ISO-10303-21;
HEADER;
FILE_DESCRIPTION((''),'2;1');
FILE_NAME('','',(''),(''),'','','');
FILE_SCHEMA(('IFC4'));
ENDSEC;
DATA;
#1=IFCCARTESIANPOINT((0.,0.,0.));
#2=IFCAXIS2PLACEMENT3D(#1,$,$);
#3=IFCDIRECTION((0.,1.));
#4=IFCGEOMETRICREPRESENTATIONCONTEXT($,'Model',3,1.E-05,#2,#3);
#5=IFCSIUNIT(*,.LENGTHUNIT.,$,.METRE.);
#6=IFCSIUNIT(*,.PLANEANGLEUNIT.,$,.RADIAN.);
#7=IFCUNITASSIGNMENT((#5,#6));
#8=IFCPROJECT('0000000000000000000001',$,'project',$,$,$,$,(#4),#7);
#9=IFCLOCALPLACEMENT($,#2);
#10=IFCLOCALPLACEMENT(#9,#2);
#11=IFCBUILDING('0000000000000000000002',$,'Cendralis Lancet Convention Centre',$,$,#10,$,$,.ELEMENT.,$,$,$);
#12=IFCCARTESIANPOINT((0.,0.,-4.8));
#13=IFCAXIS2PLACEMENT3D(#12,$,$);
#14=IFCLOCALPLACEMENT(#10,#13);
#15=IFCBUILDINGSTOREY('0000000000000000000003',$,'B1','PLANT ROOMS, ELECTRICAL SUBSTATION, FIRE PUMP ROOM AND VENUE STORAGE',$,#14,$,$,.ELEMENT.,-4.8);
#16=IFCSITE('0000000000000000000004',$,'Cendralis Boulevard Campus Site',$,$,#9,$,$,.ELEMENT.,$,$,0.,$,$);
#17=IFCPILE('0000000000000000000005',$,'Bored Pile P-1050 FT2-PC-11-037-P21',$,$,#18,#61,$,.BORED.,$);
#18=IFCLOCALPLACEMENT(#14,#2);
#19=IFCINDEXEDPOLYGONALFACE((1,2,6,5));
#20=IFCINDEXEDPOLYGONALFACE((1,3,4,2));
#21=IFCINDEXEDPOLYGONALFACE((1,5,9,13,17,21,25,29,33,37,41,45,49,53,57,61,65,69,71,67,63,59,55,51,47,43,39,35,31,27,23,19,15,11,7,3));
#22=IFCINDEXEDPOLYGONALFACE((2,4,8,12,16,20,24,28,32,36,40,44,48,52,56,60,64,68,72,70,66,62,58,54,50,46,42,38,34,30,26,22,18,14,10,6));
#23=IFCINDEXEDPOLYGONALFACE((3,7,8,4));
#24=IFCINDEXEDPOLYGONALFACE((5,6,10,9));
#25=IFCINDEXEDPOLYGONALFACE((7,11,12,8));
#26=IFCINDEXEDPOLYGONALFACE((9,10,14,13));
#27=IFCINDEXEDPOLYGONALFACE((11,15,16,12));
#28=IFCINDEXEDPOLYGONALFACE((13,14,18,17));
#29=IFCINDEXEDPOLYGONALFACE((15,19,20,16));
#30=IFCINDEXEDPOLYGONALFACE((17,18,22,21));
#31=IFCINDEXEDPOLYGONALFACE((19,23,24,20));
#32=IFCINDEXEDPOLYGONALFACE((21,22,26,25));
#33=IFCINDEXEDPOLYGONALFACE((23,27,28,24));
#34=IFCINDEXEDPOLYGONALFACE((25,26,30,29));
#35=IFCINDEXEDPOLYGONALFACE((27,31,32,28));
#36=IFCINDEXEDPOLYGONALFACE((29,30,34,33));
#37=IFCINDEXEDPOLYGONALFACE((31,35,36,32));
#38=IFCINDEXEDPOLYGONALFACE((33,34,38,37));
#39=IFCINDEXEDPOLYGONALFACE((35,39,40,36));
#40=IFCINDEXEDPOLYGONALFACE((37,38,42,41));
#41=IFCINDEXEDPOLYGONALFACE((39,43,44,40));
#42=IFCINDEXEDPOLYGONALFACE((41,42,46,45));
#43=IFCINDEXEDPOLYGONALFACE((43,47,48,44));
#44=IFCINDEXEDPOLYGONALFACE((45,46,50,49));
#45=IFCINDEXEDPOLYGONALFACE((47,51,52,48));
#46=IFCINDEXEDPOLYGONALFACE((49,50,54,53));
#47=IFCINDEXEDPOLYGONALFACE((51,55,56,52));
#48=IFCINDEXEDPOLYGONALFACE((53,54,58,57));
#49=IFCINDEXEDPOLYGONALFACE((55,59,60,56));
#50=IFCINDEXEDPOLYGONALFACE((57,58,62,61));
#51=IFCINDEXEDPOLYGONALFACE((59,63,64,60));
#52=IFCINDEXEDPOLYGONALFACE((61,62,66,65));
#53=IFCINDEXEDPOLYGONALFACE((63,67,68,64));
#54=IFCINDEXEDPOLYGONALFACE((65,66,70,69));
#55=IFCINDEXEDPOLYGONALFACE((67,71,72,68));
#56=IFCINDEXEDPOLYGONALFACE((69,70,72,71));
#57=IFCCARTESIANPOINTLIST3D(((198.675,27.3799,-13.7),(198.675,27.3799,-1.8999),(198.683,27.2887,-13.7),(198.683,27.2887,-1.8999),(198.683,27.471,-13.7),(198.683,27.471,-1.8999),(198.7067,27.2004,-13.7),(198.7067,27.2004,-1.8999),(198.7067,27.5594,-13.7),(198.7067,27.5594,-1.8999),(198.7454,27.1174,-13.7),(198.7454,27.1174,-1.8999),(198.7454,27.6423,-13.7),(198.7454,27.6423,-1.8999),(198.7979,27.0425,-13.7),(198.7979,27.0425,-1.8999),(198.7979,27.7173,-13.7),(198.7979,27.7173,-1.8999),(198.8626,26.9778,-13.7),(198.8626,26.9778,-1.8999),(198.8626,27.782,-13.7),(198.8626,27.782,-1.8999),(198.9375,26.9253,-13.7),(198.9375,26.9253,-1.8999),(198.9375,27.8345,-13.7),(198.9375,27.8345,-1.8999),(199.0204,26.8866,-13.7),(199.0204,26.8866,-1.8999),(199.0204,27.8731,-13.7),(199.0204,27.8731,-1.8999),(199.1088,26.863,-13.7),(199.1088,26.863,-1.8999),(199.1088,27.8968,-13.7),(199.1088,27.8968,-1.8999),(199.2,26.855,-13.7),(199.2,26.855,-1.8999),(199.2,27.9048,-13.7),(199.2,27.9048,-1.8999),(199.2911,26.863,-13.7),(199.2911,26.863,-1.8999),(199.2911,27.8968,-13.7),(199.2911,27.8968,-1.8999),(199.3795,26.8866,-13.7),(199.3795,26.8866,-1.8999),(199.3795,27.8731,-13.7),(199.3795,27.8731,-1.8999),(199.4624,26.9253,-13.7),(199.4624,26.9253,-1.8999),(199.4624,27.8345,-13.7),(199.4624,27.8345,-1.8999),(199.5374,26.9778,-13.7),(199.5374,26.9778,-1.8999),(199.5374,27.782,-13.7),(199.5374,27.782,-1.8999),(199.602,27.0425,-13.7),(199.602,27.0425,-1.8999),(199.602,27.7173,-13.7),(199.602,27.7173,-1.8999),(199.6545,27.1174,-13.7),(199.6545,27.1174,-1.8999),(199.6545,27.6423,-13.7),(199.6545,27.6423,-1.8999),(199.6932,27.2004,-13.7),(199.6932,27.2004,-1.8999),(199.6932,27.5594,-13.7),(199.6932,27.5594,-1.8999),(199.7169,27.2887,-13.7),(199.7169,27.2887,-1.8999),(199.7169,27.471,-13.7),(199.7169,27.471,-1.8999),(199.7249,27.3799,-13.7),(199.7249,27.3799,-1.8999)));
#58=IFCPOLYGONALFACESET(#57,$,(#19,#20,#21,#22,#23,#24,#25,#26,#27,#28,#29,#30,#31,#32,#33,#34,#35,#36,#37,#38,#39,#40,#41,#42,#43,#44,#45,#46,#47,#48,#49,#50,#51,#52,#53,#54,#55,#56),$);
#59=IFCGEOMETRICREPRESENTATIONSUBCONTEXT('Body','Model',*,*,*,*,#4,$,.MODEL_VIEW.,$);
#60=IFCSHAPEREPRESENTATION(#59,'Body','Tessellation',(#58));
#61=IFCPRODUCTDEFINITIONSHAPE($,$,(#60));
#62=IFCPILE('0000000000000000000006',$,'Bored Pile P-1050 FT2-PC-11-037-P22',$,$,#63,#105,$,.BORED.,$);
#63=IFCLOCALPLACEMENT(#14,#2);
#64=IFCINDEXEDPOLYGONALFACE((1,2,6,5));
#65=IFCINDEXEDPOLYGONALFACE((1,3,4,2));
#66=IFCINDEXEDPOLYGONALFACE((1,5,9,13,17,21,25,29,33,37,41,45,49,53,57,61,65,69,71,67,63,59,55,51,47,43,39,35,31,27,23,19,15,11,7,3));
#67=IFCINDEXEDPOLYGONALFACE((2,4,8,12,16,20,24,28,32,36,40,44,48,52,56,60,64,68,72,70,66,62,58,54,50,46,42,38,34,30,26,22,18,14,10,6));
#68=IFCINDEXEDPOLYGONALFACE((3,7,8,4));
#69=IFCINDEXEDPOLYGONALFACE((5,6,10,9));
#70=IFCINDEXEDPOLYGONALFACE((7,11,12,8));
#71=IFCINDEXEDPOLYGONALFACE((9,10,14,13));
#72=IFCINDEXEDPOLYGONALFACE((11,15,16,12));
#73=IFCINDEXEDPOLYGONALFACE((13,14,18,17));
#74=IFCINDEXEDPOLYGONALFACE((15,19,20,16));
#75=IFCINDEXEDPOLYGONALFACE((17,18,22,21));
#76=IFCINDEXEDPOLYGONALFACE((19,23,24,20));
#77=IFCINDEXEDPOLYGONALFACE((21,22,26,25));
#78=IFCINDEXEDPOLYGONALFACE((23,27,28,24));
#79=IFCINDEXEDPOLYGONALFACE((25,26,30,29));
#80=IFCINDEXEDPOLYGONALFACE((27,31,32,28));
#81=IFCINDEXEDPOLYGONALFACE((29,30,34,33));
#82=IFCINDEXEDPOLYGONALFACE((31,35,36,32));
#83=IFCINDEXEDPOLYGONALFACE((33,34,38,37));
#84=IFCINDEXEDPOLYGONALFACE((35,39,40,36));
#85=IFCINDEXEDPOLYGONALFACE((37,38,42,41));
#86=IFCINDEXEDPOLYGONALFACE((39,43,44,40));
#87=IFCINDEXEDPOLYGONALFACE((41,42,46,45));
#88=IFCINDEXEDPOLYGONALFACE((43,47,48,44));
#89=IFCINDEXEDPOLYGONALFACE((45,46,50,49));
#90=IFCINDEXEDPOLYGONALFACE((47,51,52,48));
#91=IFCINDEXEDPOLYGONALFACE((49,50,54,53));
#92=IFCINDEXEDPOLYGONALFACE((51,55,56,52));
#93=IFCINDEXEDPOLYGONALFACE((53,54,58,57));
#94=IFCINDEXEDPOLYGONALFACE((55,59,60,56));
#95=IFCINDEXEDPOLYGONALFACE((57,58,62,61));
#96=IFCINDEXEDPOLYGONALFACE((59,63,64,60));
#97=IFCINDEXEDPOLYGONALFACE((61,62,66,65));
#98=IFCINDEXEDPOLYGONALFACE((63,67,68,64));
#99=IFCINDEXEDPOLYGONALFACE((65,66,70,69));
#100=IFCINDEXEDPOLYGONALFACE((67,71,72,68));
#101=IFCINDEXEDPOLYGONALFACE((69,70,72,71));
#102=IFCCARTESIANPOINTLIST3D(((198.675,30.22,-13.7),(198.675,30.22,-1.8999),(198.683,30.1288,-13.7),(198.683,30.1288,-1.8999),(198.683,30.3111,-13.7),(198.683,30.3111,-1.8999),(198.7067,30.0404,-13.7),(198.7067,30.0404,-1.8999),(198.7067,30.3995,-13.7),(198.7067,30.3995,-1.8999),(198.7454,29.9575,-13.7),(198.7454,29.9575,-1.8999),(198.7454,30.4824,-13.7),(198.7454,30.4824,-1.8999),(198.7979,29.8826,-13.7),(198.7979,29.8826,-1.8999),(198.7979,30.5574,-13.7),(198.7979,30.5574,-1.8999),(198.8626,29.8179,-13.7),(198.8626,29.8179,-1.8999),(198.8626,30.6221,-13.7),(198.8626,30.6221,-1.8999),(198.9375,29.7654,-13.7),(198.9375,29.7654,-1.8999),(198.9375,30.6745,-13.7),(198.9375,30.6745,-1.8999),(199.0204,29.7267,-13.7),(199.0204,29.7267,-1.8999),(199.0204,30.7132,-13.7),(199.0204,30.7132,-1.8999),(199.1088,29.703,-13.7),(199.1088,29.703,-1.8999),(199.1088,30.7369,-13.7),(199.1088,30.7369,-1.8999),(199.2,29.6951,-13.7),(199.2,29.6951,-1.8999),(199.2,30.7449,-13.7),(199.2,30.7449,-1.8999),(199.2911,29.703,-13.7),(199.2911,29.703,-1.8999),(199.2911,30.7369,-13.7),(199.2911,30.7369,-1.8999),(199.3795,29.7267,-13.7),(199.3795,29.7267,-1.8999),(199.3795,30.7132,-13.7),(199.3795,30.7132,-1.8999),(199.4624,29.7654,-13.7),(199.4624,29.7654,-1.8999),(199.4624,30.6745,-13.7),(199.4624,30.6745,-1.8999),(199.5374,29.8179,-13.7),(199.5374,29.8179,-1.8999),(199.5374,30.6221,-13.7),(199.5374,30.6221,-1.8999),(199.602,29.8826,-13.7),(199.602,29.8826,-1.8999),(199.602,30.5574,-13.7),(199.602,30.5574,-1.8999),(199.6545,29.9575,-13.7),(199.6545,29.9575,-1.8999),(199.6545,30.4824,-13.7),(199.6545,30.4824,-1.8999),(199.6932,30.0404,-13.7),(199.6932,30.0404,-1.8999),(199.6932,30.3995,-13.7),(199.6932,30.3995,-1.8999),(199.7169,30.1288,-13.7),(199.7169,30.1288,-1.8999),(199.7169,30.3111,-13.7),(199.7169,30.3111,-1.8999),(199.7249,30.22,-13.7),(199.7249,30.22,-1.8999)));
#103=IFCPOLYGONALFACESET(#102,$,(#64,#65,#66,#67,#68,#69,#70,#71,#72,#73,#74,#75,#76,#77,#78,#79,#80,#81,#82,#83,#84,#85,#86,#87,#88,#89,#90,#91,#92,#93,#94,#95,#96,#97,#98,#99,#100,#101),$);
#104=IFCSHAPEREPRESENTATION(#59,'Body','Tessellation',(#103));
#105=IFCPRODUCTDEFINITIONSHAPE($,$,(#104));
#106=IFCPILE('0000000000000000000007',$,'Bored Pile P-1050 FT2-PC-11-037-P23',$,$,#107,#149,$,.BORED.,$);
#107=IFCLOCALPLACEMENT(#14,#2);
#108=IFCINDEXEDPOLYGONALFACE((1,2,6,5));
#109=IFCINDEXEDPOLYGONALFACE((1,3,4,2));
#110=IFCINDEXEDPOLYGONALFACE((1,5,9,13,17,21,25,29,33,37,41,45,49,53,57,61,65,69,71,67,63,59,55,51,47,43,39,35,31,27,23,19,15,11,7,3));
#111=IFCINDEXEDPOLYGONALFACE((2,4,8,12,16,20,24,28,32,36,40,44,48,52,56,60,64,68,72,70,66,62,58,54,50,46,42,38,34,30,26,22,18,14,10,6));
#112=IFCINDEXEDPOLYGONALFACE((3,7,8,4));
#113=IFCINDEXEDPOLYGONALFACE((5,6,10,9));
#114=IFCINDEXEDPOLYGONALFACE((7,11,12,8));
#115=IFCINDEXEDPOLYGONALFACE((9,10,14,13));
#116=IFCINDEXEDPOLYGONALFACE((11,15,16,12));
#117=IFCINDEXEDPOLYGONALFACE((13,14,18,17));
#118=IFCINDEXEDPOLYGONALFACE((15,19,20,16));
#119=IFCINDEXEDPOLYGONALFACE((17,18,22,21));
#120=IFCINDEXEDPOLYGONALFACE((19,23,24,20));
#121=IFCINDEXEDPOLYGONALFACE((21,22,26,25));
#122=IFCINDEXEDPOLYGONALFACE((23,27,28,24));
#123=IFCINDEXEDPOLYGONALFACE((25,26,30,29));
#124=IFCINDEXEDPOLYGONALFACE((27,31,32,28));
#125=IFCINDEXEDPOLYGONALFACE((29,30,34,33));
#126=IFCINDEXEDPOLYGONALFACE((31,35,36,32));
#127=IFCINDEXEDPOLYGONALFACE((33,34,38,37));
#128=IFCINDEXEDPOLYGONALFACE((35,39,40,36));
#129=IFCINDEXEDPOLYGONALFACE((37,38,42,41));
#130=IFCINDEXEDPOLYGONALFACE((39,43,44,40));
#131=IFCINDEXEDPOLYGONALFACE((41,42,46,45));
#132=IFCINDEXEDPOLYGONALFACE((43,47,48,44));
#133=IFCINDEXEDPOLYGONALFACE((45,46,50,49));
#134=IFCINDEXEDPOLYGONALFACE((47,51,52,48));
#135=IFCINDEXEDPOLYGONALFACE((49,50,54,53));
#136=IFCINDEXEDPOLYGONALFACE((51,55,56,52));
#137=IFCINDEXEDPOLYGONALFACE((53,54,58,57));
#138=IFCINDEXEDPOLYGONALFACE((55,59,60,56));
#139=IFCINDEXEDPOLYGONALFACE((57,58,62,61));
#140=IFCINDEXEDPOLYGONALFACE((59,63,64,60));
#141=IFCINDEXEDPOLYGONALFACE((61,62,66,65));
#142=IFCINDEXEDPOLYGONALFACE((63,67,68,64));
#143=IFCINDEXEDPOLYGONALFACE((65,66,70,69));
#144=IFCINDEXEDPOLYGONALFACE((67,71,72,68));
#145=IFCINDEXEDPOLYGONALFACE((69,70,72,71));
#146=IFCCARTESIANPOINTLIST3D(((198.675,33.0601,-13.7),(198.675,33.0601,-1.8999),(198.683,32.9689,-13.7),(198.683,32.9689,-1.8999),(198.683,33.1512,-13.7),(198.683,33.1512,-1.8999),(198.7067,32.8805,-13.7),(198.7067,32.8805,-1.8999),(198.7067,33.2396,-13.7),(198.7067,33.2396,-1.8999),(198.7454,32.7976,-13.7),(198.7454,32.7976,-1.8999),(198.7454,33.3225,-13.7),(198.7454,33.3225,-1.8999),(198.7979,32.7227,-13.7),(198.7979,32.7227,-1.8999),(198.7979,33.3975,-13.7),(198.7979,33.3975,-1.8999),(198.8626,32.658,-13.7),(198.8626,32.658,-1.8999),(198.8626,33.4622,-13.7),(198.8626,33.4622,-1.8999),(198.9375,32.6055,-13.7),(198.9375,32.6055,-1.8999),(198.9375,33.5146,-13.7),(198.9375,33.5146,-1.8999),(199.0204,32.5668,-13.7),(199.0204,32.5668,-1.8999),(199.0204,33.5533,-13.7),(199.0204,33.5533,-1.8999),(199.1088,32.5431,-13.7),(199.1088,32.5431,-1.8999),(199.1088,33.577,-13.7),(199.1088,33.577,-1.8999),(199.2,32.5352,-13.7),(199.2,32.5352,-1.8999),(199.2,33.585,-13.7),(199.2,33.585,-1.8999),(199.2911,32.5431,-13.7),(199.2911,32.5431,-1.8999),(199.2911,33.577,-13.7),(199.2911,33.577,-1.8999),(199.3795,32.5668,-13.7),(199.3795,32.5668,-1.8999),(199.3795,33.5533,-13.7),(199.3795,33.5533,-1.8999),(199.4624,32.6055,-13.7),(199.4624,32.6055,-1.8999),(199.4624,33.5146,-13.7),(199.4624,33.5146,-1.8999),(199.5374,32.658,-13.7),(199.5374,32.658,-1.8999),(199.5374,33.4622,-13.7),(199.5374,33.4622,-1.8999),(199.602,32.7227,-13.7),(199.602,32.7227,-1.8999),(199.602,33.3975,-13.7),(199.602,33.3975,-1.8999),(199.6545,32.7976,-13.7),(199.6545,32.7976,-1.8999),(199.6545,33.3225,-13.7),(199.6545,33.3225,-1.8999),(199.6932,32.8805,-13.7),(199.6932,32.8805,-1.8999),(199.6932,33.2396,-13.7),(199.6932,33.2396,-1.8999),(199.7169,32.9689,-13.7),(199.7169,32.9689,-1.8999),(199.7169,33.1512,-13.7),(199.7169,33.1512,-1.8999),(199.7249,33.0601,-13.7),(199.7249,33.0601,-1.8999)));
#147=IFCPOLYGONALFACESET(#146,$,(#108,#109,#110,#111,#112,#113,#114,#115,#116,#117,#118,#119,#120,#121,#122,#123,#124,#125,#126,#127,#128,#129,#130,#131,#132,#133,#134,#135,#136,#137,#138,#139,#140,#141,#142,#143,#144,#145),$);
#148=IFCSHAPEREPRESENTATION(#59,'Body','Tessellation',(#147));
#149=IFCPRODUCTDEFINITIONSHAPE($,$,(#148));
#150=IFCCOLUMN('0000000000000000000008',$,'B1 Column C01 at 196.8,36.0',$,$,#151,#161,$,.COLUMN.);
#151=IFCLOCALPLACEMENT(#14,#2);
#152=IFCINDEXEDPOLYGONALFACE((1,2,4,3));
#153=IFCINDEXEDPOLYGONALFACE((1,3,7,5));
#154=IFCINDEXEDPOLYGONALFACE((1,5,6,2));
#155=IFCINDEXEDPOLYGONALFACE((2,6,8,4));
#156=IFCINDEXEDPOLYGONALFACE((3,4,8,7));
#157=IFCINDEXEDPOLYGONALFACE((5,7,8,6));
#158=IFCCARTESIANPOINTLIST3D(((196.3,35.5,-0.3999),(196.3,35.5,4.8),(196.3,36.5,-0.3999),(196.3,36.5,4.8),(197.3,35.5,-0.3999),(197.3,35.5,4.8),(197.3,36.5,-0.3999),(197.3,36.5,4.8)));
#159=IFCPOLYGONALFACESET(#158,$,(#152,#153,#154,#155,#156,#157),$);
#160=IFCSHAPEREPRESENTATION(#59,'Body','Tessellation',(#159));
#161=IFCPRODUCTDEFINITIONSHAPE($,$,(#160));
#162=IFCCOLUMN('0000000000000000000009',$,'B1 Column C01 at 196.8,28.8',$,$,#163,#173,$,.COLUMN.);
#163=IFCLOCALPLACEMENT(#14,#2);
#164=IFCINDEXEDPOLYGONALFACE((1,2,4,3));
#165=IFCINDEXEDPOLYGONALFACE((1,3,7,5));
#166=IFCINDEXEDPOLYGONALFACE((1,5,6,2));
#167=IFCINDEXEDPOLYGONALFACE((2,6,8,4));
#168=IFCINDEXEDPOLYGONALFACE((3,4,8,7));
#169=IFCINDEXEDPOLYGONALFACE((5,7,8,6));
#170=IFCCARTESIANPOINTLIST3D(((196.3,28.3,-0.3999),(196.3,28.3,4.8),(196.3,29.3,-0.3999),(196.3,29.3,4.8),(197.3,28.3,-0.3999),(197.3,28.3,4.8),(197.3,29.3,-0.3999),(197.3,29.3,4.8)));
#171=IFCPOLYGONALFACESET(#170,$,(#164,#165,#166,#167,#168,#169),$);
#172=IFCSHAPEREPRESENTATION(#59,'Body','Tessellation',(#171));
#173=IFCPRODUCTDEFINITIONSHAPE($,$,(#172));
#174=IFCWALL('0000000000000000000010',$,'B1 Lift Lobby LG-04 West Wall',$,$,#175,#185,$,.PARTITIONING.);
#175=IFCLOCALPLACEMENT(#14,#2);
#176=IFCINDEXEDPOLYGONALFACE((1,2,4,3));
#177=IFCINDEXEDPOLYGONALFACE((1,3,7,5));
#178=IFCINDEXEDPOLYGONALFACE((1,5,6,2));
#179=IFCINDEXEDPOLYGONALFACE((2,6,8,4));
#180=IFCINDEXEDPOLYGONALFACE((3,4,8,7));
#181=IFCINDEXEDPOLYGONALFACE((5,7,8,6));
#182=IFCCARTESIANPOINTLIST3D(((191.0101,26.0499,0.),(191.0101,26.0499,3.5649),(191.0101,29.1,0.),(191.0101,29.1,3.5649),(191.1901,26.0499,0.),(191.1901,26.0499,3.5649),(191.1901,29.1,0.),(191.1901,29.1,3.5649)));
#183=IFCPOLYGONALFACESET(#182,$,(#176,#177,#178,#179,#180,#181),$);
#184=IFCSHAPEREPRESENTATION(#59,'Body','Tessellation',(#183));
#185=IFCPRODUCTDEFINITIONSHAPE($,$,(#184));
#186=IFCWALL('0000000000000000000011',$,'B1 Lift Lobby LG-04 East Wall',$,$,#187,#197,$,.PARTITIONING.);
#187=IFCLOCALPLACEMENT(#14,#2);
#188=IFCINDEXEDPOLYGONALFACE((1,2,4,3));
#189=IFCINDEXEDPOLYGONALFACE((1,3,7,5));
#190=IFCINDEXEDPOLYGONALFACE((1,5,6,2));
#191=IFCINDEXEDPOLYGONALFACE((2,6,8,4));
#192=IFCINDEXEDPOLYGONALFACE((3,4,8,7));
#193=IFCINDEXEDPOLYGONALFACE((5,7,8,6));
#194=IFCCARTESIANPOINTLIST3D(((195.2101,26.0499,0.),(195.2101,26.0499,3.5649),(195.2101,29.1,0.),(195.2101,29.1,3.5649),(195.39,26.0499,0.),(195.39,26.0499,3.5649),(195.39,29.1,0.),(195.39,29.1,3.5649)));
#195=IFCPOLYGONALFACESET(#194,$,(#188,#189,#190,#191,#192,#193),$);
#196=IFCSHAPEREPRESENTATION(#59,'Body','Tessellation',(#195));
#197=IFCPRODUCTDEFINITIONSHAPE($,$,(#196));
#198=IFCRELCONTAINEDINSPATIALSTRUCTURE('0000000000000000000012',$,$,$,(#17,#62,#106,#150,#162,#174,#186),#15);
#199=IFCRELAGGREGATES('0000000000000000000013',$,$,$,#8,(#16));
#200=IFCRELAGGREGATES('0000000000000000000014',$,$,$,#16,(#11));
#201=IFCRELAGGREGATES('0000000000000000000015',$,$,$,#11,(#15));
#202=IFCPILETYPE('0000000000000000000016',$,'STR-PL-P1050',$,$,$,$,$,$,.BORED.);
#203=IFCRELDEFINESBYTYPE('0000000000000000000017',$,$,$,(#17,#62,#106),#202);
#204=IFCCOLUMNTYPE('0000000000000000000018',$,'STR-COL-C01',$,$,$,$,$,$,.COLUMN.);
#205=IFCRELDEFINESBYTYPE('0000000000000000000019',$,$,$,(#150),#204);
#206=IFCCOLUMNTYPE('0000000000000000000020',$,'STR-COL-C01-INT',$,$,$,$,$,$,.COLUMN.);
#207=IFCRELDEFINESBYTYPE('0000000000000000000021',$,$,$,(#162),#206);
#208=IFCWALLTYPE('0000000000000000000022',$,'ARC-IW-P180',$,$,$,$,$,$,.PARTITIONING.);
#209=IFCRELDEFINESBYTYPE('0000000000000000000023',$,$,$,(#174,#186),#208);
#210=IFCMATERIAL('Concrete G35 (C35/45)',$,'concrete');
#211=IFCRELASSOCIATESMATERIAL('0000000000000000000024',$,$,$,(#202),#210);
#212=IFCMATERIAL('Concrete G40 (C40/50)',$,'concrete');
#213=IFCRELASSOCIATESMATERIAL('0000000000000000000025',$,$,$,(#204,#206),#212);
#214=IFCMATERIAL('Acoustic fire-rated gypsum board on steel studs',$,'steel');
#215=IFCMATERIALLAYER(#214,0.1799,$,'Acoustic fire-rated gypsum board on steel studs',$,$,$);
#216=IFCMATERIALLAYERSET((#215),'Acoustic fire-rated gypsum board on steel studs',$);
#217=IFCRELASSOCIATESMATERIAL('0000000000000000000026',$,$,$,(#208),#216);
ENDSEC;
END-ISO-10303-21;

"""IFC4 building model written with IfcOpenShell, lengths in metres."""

from ifc_helpers import new_model, si_unit, direction, frame, frame_2d, origin, origin_2d, place, context, subcontext, project, spatial, rectangle, circle, extrude, material, layer, layer_set, material_profile, profile_set, type_object, element, save


model = new_model("IFC4")

# Units and contexts
model_context = context("Model", 3, precision=1e-05, world=origin(), true_north=direction((0.0, 1.0)))
body_context = subcontext(model_context, "Body", "Model", "MODEL_VIEW")
ifc_project = project(units=[si_unit("LENGTHUNIT", "METRE"), si_unit("PLANEANGLEUNIT", "RADIAN")], contexts=[model_context])

# Site, building, storey
site_placement = place(None, origin())
site = spatial("IfcSite", under=ifc_project, at=site_placement, Name="Cendralis Boulevard Campus Site", CompositionType="ELEMENT", RefElevation=0.0)
building_placement = place(site_placement, origin())
building = spatial("IfcBuilding", under=site, at=building_placement, Name="Cendralis Lancet Convention Centre", CompositionType="ELEMENT")
storey_placement = place(building_placement, frame((0.0, 0.0, -4.8)))
storey = spatial("IfcBuildingStorey", under=building, at=storey_placement, Name="B1", Description="PLANT ROOMS, ELECTRICAL SUBSTATION, FIRE PUMP ROOM AND VENUE STORAGE", CompositionType="ELEMENT", Elevation=-4.8)

# Shared definitions
ifc_material_1 = material(Name="Concrete G35 (C35/45)", Category="concrete")

# Piles
ifc_material_profile_1 = material_profile(ifc_material_1, circle(Radius=0.5249, at=origin_2d()), Name="BORED PILE D1050")
ifc_profile_set_1 = profile_set([ifc_material_profile_1], Name="Concrete G35 (C35/45)")
pile_type = type_object("IfcPileType", Name="STR-PL-P1050", PredefinedType="BORED", material=ifc_profile_set_1)
for number, where, z_axis, x_axis, name in (
    (1, (199.2, 27.3799, -1.8999), (0.0, 0.0, -1.0), (1.0, 0.0, 0.0), "Bored Pile P-1050 FT2-PC-11-037-P21"),
    (2, (199.2, 30.22, -1.8999), (0.0, 0.0, -1.0), (1.0, 0.0, 0.0), "Bored Pile P-1050 FT2-PC-11-037-P22"),
    (3, (199.2, 33.0601, -1.8999), (0.0, 0.0, -1.0), (1.0, 0.0, 0.0), "Bored Pile P-1050 FT2-PC-11-037-P23"),
):
    element("IfcPile", number, at=place(storey_placement, frame(where, z_axis=z_axis, x_axis=x_axis)), inside=storey, type_object=pile_type, Name=name, PredefinedType="BORED", context=body_context, shape_type="SweptSolid", body=[
        extrude(circle(Radius=0.5249, at=origin_2d()), origin(), (0.0, 0.0, 1.0), 11.8),
    ])

# Columns
ifc_material_2 = material(Name="Concrete G40 (C40/50)", Category="concrete")
ifc_material_profile_2 = material_profile(ifc_material_2, rectangle(XDim=1.0, YDim=1.0, at=origin_2d()), Name="RC 1000x1000")
ifc_profile_set_2 = profile_set([ifc_material_profile_2], Name="Concrete G40 (C40/50)")
column_type_1 = type_object("IfcColumnType", Name="STR-COL-C01", PredefinedType="COLUMN", material=ifc_profile_set_2)
column_1_placement = place(storey_placement, frame((196.8, 36.0, -0.3999), z_axis=(0.0, 0.0, 1.0), x_axis=(1.0, 0.0, 0.0)))
element("IfcColumn", 4, at=column_1_placement, inside=storey, type_object=column_type_1, Name="B1 Column C01 at 196.8,36.0", PredefinedType="COLUMN", context=body_context, shape_type="SweptSolid", body=[
    extrude(rectangle(XDim=1.0, YDim=1.0, at=origin_2d()), origin(), (0.0, 0.0, 1.0), 5.2),
])
ifc_material_profile_3 = material_profile(ifc_material_2, rectangle(XDim=1.0, YDim=1.0, at=origin_2d()), Name="RC 1000x1000")
ifc_profile_set_3 = profile_set([ifc_material_profile_3], Name="Concrete G40 (C40/50)")
column_type_2 = type_object("IfcColumnType", Name="STR-COL-C01-INT", PredefinedType="COLUMN", material=ifc_profile_set_3)
column_2_placement = place(storey_placement, frame((196.8, 28.8, -0.3999), z_axis=(0.0, 0.0, 1.0), x_axis=(1.0, 0.0, 0.0)))
element("IfcColumn", 5, at=column_2_placement, inside=storey, type_object=column_type_2, Name="B1 Column C01 at 196.8,28.8", PredefinedType="COLUMN", context=body_context, shape_type="SweptSolid", body=[
    extrude(rectangle(XDim=1.0, YDim=1.0, at=origin_2d()), origin(), (0.0, 0.0, 1.0), 5.2),
])

# Shared definitions
ifc_material_3 = material(Name="Acoustic fire-rated gypsum board on steel studs", Category="steel")
ifc_layer_1 = layer(ifc_material_3, 0.1799, Name="Acoustic fire-rated gypsum board on steel studs")
ifc_layer_set_1 = layer_set([ifc_layer_1], Name="Acoustic fire-rated gypsum board on steel studs")
wall_type_1 = type_object("IfcWallType", Name="ARC-IW-P180", PredefinedType="PARTITIONING", material=ifc_layer_set_1)

# Walls
for number, where, z_axis, x_axis, name in (
    (6, (191.1001, 26.05, 0.0), (0.0, 0.0, 1.0), (0.0, 1.0, 0.0), "B1 Lift Lobby LG-04 West Wall"),
    (7, (195.3, 26.05, 0.0), (0.0, 0.0, 1.0), (0.0, 1.0, 0.0), "B1 Lift Lobby LG-04 East Wall"),
):
    element("IfcWall", number, at=place(storey_placement, frame(where, z_axis=z_axis, x_axis=x_axis)), inside=storey, type_object=wall_type_1, Name=name, PredefinedType="PARTITIONING", context=body_context, shape_type="SweptSolid", body=[
        extrude(rectangle(XDim=3.05, YDim=0.1799, at=frame_2d((1.5249, 0.0))), origin(), (0.0, 0.0, 1.0), 3.5649),
    ])

save(model, "model.ifc")
